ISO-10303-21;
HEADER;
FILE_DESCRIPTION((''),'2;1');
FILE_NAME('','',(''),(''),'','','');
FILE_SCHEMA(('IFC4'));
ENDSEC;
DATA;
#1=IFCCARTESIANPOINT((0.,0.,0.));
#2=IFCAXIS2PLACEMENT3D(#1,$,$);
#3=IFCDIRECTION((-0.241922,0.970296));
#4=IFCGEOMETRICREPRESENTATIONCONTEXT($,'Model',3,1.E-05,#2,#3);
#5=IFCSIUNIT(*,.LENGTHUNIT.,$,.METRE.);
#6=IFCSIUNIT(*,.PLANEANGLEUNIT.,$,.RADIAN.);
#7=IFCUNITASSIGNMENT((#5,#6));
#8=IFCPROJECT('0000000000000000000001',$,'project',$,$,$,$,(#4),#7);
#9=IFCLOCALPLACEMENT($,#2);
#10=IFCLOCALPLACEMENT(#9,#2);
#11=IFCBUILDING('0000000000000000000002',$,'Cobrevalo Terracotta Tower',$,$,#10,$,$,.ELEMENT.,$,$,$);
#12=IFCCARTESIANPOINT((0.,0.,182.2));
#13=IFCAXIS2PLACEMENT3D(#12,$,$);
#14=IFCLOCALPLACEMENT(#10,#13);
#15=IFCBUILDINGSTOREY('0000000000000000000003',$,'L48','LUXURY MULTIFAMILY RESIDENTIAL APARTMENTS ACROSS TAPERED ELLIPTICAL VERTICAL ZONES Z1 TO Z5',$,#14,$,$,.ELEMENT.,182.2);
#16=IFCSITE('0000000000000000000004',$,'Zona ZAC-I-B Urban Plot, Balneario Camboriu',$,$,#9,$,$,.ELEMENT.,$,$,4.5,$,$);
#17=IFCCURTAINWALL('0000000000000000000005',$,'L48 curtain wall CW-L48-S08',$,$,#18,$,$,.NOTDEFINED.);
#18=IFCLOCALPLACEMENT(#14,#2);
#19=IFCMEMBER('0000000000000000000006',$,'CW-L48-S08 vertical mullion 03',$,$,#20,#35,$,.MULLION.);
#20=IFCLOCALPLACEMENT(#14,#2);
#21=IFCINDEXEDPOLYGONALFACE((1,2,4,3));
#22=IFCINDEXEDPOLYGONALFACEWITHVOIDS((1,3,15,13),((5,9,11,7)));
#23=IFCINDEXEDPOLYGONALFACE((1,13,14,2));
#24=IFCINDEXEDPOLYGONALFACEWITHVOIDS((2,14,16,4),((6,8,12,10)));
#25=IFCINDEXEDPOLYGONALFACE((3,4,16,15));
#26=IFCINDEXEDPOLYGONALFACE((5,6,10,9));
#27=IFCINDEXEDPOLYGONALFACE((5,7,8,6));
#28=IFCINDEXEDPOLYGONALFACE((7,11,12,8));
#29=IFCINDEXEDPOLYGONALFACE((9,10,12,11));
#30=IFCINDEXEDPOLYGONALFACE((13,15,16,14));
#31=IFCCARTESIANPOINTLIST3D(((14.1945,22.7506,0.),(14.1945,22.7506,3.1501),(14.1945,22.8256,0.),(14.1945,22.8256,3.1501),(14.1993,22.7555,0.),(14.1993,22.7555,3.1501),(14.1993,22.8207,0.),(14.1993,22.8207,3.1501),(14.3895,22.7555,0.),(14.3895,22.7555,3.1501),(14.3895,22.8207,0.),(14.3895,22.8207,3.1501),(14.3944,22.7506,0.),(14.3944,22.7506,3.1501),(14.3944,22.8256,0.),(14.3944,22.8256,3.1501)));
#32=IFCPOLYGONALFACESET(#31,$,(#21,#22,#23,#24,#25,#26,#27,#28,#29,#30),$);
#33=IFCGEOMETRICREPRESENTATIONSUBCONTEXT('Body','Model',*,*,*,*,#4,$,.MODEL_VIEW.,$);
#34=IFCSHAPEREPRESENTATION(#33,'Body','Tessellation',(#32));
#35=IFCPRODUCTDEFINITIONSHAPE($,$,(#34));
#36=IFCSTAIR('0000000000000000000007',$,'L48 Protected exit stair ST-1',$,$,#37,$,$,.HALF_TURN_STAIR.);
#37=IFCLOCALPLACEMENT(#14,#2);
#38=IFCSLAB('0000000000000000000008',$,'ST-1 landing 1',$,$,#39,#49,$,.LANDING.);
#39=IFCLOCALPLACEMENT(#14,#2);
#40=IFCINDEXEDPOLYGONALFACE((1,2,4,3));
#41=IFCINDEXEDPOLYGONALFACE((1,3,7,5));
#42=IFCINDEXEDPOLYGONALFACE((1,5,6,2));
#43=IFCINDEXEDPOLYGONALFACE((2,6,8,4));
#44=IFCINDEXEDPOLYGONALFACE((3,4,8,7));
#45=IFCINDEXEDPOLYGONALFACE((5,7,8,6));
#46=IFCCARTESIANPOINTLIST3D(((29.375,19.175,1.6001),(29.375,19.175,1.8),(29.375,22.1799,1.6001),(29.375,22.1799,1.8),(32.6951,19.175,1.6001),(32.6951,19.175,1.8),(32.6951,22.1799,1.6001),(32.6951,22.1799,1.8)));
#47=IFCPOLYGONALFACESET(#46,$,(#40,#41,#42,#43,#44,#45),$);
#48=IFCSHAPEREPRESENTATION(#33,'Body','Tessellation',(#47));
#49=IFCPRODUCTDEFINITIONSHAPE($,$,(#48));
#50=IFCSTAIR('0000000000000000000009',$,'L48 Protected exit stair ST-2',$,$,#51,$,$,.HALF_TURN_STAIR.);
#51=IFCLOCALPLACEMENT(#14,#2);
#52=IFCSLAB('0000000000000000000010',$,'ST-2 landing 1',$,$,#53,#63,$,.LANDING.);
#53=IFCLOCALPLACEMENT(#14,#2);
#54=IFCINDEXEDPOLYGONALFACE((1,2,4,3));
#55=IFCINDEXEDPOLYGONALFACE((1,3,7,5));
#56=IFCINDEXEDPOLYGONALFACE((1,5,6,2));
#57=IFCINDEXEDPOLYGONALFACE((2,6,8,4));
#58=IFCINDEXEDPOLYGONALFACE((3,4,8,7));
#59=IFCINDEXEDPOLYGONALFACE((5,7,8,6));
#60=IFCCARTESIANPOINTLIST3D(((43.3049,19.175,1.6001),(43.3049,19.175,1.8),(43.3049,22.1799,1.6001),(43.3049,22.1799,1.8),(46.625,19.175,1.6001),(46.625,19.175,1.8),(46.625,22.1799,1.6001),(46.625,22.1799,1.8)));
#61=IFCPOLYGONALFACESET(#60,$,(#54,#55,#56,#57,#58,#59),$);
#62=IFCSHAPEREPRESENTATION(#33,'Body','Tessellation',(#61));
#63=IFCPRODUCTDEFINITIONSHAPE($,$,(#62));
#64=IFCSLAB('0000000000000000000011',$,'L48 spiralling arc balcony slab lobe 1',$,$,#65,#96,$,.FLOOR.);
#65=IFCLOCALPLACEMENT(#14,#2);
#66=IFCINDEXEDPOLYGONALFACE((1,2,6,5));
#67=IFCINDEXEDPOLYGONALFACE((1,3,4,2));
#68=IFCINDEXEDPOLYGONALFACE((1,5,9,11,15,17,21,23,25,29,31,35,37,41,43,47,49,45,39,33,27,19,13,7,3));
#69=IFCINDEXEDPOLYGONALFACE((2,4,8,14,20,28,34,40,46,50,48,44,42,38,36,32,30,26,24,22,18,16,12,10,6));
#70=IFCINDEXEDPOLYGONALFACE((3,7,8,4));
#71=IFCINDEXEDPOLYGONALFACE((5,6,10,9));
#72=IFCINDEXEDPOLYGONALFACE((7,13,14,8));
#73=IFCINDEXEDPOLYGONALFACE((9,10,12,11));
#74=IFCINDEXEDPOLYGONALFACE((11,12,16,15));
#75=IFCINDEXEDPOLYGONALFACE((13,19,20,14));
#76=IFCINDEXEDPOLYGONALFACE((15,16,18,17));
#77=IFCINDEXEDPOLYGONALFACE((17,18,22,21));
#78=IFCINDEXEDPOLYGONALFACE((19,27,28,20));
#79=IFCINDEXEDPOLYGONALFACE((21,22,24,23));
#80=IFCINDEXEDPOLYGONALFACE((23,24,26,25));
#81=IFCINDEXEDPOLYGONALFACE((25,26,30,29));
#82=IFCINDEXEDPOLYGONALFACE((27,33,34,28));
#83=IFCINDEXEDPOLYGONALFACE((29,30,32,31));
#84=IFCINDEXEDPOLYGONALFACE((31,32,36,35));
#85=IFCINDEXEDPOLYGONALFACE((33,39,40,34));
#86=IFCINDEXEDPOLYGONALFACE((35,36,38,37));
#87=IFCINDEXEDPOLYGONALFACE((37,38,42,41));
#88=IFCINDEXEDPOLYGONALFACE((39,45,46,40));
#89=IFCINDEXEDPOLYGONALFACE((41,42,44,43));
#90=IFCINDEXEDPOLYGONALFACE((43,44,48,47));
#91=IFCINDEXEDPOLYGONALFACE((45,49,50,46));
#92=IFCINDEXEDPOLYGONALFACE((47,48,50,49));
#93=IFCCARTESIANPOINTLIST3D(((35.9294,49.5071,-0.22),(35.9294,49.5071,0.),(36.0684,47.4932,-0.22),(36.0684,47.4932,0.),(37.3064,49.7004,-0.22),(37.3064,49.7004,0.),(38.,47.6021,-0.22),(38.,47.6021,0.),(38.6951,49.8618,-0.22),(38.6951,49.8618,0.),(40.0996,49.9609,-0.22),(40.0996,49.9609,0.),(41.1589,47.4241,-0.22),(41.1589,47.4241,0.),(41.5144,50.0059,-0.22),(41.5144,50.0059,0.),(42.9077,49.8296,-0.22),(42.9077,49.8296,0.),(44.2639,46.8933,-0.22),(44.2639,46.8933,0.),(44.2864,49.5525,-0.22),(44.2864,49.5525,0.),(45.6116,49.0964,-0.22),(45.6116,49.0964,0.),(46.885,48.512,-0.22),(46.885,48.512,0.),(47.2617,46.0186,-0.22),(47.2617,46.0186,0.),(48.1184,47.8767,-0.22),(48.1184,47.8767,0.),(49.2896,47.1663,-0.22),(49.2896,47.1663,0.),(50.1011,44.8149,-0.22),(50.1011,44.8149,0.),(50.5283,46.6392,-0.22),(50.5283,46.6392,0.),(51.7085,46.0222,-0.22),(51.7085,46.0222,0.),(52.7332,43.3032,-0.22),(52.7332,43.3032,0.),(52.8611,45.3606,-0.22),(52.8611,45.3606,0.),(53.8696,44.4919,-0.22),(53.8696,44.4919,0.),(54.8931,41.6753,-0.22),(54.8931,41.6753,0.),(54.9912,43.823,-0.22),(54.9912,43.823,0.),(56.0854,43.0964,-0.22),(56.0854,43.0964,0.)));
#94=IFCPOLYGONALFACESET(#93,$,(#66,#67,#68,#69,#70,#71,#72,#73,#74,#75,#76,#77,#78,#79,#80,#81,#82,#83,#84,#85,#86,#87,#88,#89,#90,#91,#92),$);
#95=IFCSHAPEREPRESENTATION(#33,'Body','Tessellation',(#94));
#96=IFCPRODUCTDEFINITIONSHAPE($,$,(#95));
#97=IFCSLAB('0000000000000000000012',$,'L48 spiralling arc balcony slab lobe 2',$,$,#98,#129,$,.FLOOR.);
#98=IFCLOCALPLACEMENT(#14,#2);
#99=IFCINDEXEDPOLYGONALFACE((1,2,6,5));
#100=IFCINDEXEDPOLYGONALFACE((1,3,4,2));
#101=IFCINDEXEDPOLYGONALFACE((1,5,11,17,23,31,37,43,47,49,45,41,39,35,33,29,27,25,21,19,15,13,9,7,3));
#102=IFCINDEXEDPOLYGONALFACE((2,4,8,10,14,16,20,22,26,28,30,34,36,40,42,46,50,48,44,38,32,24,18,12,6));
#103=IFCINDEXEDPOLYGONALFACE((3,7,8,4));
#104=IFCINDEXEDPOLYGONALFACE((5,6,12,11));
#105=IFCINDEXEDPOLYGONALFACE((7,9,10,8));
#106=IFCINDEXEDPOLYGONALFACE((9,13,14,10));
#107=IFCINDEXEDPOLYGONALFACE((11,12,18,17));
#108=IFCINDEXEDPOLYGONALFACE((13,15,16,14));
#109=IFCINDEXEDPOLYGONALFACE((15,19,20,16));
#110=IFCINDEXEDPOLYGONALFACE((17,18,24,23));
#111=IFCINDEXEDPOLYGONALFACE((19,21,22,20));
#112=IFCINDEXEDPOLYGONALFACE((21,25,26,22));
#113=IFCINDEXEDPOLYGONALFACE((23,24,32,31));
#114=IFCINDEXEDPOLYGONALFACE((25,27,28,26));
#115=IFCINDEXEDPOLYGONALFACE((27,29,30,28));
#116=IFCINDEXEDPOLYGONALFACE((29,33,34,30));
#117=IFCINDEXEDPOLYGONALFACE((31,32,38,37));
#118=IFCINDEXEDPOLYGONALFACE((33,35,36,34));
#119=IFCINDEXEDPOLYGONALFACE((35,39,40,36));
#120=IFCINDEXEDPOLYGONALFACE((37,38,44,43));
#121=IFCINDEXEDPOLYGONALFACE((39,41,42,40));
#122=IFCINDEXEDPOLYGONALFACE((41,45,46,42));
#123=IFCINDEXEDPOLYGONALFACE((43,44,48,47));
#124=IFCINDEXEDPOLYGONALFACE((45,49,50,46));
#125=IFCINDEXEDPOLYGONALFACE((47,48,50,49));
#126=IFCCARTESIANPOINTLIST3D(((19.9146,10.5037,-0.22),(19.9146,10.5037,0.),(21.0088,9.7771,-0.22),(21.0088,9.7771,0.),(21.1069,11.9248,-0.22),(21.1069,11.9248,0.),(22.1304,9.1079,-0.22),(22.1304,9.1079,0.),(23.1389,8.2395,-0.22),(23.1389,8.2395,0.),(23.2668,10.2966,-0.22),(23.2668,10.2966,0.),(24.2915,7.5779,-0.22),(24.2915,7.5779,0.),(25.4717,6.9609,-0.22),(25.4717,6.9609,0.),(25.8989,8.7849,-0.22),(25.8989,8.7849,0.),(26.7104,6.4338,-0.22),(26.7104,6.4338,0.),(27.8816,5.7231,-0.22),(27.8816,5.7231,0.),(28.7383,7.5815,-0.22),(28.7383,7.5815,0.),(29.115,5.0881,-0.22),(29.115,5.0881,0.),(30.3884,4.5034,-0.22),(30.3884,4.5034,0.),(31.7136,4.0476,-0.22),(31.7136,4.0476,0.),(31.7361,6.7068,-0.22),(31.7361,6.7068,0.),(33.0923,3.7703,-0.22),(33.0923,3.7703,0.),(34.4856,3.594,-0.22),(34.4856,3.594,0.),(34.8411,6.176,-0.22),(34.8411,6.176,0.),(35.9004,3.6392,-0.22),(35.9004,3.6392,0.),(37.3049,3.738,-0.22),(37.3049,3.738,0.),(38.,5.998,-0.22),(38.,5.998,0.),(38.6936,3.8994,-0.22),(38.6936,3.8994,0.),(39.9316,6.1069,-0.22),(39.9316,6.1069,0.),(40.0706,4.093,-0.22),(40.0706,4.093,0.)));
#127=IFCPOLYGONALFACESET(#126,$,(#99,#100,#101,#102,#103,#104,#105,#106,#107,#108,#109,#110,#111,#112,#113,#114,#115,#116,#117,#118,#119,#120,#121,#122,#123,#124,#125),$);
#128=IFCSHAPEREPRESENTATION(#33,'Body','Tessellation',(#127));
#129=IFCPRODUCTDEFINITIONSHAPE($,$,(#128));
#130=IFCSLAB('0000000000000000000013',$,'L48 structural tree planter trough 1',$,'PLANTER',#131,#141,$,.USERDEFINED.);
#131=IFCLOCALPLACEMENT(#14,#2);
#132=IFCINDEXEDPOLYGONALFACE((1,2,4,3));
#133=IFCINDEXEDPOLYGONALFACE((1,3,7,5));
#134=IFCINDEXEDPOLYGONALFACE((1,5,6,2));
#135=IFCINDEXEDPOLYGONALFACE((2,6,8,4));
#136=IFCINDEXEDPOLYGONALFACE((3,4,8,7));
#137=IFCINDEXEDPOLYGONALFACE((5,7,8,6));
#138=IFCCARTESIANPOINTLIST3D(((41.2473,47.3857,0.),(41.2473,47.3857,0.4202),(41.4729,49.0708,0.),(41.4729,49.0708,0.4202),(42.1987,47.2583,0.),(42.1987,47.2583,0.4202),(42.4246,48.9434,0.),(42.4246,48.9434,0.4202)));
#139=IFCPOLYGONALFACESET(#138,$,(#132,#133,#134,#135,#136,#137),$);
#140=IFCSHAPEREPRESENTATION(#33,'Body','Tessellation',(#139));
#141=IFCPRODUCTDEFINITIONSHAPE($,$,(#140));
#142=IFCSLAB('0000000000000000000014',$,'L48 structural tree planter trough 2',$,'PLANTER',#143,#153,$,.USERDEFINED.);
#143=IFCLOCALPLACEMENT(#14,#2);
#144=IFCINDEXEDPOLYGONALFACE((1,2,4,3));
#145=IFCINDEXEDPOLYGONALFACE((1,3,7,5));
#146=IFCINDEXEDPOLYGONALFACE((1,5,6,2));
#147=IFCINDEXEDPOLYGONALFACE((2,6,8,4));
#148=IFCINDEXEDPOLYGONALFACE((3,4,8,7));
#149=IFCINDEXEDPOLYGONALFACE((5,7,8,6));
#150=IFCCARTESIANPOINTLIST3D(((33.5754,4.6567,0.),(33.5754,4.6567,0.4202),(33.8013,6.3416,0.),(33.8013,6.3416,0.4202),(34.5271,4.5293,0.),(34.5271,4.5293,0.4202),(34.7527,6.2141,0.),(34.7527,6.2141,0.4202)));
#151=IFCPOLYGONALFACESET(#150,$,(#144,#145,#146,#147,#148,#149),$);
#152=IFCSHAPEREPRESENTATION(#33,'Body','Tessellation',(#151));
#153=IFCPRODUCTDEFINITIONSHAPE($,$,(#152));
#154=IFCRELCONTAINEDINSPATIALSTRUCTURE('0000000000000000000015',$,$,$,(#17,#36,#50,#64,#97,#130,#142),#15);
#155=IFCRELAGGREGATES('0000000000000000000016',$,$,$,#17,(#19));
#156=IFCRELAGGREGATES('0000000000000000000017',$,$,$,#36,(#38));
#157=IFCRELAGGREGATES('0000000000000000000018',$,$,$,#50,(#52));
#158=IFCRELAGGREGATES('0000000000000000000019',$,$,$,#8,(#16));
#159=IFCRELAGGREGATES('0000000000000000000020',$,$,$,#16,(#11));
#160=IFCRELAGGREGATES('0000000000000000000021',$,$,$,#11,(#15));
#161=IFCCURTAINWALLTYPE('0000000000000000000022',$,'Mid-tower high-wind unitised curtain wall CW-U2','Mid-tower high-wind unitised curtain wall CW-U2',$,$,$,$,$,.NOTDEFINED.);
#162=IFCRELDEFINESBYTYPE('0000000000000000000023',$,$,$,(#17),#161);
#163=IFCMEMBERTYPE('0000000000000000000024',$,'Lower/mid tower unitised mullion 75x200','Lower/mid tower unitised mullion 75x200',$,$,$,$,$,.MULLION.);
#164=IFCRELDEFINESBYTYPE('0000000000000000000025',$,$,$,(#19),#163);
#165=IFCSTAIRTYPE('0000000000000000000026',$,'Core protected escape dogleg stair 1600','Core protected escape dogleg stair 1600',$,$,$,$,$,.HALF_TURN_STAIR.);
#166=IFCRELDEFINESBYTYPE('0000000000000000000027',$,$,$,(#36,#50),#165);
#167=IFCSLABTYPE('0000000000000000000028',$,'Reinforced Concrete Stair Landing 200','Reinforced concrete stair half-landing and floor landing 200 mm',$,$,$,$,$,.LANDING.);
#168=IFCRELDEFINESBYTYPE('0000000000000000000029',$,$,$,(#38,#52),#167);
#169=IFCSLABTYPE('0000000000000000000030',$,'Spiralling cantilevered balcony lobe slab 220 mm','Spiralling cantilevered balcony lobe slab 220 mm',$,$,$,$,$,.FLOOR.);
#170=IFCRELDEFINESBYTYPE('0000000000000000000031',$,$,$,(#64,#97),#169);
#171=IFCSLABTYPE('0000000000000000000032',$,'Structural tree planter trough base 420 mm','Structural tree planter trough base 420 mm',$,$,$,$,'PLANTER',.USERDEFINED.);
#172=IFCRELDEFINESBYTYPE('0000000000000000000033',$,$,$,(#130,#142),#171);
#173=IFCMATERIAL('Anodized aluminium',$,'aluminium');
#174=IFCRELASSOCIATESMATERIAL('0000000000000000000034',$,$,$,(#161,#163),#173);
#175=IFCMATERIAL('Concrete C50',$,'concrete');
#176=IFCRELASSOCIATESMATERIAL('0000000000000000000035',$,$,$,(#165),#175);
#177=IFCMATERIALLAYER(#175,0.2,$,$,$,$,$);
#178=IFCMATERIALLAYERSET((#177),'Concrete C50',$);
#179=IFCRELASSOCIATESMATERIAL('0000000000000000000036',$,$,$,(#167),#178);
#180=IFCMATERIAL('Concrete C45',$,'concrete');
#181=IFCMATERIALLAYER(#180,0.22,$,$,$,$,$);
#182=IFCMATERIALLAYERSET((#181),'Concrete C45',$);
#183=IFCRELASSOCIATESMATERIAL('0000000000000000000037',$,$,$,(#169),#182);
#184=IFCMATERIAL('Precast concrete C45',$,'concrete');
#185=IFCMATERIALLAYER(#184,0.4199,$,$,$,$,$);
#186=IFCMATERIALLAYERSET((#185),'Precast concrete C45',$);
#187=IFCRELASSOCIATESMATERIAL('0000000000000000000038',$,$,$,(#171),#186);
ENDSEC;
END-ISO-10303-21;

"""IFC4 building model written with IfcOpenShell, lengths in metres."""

from ifc_helpers import new_model, si_unit, direction, frame, origin, origin_2d, place, context, subcontext, project, spatial, polyline, hollow_rectangle, outline, extrude, source, transform, mapped, material, layer, layer_set, material_profile, profile_set, type_object, element, aggregate, save


model = new_model("IFC4")

# Units and contexts
model_context = context("Model", 3, precision=1e-05, world=origin(), true_north=direction((-0.241922, 0.970296)))
body_context = subcontext(model_context, "Body", "Model", "MODEL_VIEW")
ifc_project = project(units=[si_unit("LENGTHUNIT", "METRE"), si_unit("PLANEANGLEUNIT", "RADIAN")], contexts=[model_context])

# Site, building, storey
site_placement = place(None, origin())
site = spatial("IfcSite", under=ifc_project, at=site_placement, Name="Zona ZAC-I-B Urban Plot, Balneario Camboriu", CompositionType="ELEMENT", RefElevation=4.5)
building_placement = place(site_placement, origin())
building = spatial("IfcBuilding", under=site, at=building_placement, Name="Cobrevalo Terracotta Tower", CompositionType="ELEMENT")
storey_placement = place(building_placement, frame((0.0, 0.0, 182.2)))
storey = spatial("IfcBuildingStorey", under=building, at=storey_placement, Name="L48", Description="LUXURY MULTIFAMILY RESIDENTIAL APARTMENTS ACROSS TAPERED ELLIPTICAL VERTICAL ZONES Z1 TO Z5", CompositionType="ELEMENT", Elevation=182.2)

# Curtain wall, member
ifc_material_1 = material(Name="Anodized aluminium", Category="aluminium")
curtain_wall_type = type_object("IfcCurtainWallType", Name="Mid-tower high-wind unitised curtain wall CW-U2", Description="Mid-tower high-wind unitised curtain wall CW-U2", PredefinedType="NOTDEFINED", material=ifc_material_1)
curtain_wall_placement = place(storey_placement, origin())
curtain_wall = element("IfcCurtainWall", 1, at=curtain_wall_placement, inside=storey, type_object=curtain_wall_type, Name="L48 curtain wall CW-L48-S08", PredefinedType="NOTDEFINED")
ifc_material_profile = material_profile(ifc_material_1, hollow_rectangle(XDim=0.075, YDim=0.2, WallThickness=0.0049, at=origin_2d()), Name="CWM 75x200")
ifc_profile_set = profile_set([ifc_material_profile], Name="Anodized aluminium")
member_type = type_object("IfcMemberType", Name="Lower/mid tower unitised mullion 75x200", Description="Lower/mid tower unitised mullion 75x200", PredefinedType="MULLION", material=ifc_profile_set)
shared_shape_1 = source(origin(), body_context, "Body", "SweptSolid", [
    extrude(hollow_rectangle(XDim=0.075, YDim=0.2, WallThickness=0.0049, at=origin_2d()), origin(), (0.0, 0.0, 1.0), 3.1501),
])
member_placement = place(storey_placement, frame((14.2944, 22.7881, 0.0), z_axis=(0.0, 0.0, 1.0), x_axis=(0.0, -1.0, 0.0)))
member = element("IfcMember", 2, at=member_placement, type_object=member_type, Name="CW-L48-S08 vertical mullion 03", PredefinedType="MULLION", context=body_context, shape_type="MappedRepresentation", body=[
    mapped(shared_shape_1, transform((0.0, 0.0, 0.0), scale=1.0)),
])
aggregate(curtain_wall, [member])

# Stairs, slabs
ifc_material_2 = material(Name="Concrete C50", Category="concrete")
stair_type = type_object("IfcStairType", Name="Core protected escape dogleg stair 1600", Description="Core protected escape dogleg stair 1600", PredefinedType="HALF_TURN_STAIR", material=ifc_material_2)
stair_1_placement = place(storey_placement, origin())
stair_1 = element("IfcStair", 3, at=stair_1_placement, inside=storey, type_object=stair_type, Name="L48 Protected exit stair ST-1", PredefinedType="HALF_TURN_STAIR")
ifc_layer_1 = layer(ifc_material_2, 0.2)
ifc_layer_set_1 = layer_set([ifc_layer_1], Name="Concrete C50")
slab_type_1 = type_object("IfcSlabType", Name="Reinforced Concrete Stair Landing 200", Description="Reinforced concrete stair half-landing and floor landing 200 mm", PredefinedType="LANDING", material=ifc_layer_set_1)
slab_1_placement = place(storey_placement, frame((0.0, 0.0, 1.6001)))
slab_1 = element("IfcSlab", 4, at=slab_1_placement, type_object=slab_type_1, Name="ST-1 landing 1", PredefinedType="LANDING", context=body_context, shape_type="SweptSolid", body=[
    extrude(outline(polyline([(29.375, 22.1799), (29.375, 19.175), (32.6951, 19.175), (32.6951, 22.1799), (29.375, 22.1799)])), origin(), (0.0, 0.0, 1.0), 0.2),
])
aggregate(stair_1, [slab_1])
stair_2_placement = place(storey_placement, origin())
stair_2 = element("IfcStair", 5, at=stair_2_placement, inside=storey, type_object=stair_type, Name="L48 Protected exit stair ST-2", PredefinedType="HALF_TURN_STAIR")
slab_2_placement = place(storey_placement, frame((0.0, 0.0, 1.6001)))
slab_2 = element("IfcSlab", 6, at=slab_2_placement, type_object=slab_type_1, Name="ST-2 landing 1", PredefinedType="LANDING", context=body_context, shape_type="SweptSolid", body=[
    extrude(outline(polyline([(43.3049, 22.1799), (43.3049, 19.175), (46.625, 19.175), (46.625, 22.1799), (43.3049, 22.1799)])), origin(), (0.0, 0.0, 1.0), 0.2),
])
aggregate(stair_2, [slab_2])

# Slabs
ifc_material_3 = material(Name="Concrete C45", Category="concrete")
ifc_layer_2 = layer(ifc_material_3, 0.22)
ifc_layer_set_2 = layer_set([ifc_layer_2], Name="Concrete C45")
slab_type_2 = type_object("IfcSlabType", Name="Spiralling cantilevered balcony lobe slab 220 mm", Description="Spiralling cantilevered balcony lobe slab 220 mm", PredefinedType="FLOOR", material=ifc_layer_set_2)
slab_3_placement = place(storey_placement, frame((0.0, 0.0, -0.22)))
element("IfcSlab", 7, at=slab_3_placement, inside=storey, type_object=slab_type_2, Name="L48 spiralling arc balcony slab lobe 1", PredefinedType="FLOOR", context=body_context, shape_type="SweptSolid", body=[
    extrude(outline(polyline([(56.0854, 43.0964), (54.9912, 43.823), (53.8696, 44.4919), (52.8611, 45.3606), (51.7085, 46.0222), (50.5283, 46.6392), (49.2896, 47.1663), (48.1184, 47.8767), (46.885, 48.512), (45.6116, 49.0964), (44.2864, 49.5525), (42.9077, 49.8296), (41.5144, 50.0059), (40.0996, 49.9609), (38.6951, 49.8618), (37.3064, 49.7004), (35.9294, 49.5071), (36.0684, 47.4932), (38.0, 47.6021), (41.1589, 47.4241), (44.2639, 46.8933), (47.2617, 46.0186), (50.1011, 44.8149), (52.7332, 43.3032), (54.8931, 41.6753), (56.0854, 43.0964)])), origin(), (0.0, 0.0, 1.0), 0.22),
])
slab_4_placement = place(storey_placement, frame((0.0, 0.0, -0.22)))
element("IfcSlab", 8, at=slab_4_placement, inside=storey, type_object=slab_type_2, Name="L48 spiralling arc balcony slab lobe 2", PredefinedType="FLOOR", context=body_context, shape_type="SweptSolid", body=[
    extrude(outline(polyline([(19.9146, 10.5037), (21.0088, 9.7771), (22.1304, 9.1079), (23.1389, 8.2395), (24.2915, 7.5779), (25.4717, 6.9609), (26.7104, 6.4338), (27.8816, 5.7231), (29.115, 5.0881), (30.3884, 4.5034), (31.7136, 4.0476), (33.0923, 3.7703), (34.4856, 3.594), (35.9004, 3.6392), (37.3049, 3.738), (38.6936, 3.8994), (40.0706, 4.093), (39.9316, 6.1069), (38.0, 5.998), (34.8411, 6.176), (31.7361, 6.7068), (28.7383, 7.5815), (25.8989, 8.7849), (23.2668, 10.2966), (21.1069, 11.9248), (19.9146, 10.5037)])), origin(), (0.0, 0.0, 1.0), 0.22),
])
ifc_material_4 = material(Name="Precast concrete C45", Category="concrete")
ifc_layer_3 = layer(ifc_material_4, 0.4199)
ifc_layer_set_3 = layer_set([ifc_layer_3], Name="Precast concrete C45")
slab_type_3 = type_object("IfcSlabType", Name="Structural tree planter trough base 420 mm", Description="Structural tree planter trough base 420 mm", ElementType="PLANTER", PredefinedType="USERDEFINED", material=ifc_layer_set_3)
slab_5_placement = place(storey_placement, origin())
element("IfcSlab", 9, at=slab_5_placement, inside=storey, type_object=slab_type_3, Name="L48 structural tree planter trough 1", ObjectType="PLANTER", PredefinedType="USERDEFINED", context=body_context, shape_type="SweptSolid", body=[
    extrude(outline(polyline([(42.1987, 47.2583), (42.4246, 48.9434), (41.4729, 49.0708), (41.2473, 47.3857), (42.1987, 47.2583)])), origin(), (0.0, 0.0, 1.0), 0.4202),
])
slab_6_placement = place(storey_placement, origin())
element("IfcSlab", 10, at=slab_6_placement, inside=storey, type_object=slab_type_3, Name="L48 structural tree planter trough 2", ObjectType="PLANTER", PredefinedType="USERDEFINED", context=body_context, shape_type="SweptSolid", body=[
    extrude(outline(polyline([(33.8013, 6.3416), (33.5754, 4.6567), (34.5271, 4.5293), (34.7527, 6.2141), (33.8013, 6.3416)])), origin(), (0.0, 0.0, 1.0), 0.4202),
])

save(model, "model.ifc")
